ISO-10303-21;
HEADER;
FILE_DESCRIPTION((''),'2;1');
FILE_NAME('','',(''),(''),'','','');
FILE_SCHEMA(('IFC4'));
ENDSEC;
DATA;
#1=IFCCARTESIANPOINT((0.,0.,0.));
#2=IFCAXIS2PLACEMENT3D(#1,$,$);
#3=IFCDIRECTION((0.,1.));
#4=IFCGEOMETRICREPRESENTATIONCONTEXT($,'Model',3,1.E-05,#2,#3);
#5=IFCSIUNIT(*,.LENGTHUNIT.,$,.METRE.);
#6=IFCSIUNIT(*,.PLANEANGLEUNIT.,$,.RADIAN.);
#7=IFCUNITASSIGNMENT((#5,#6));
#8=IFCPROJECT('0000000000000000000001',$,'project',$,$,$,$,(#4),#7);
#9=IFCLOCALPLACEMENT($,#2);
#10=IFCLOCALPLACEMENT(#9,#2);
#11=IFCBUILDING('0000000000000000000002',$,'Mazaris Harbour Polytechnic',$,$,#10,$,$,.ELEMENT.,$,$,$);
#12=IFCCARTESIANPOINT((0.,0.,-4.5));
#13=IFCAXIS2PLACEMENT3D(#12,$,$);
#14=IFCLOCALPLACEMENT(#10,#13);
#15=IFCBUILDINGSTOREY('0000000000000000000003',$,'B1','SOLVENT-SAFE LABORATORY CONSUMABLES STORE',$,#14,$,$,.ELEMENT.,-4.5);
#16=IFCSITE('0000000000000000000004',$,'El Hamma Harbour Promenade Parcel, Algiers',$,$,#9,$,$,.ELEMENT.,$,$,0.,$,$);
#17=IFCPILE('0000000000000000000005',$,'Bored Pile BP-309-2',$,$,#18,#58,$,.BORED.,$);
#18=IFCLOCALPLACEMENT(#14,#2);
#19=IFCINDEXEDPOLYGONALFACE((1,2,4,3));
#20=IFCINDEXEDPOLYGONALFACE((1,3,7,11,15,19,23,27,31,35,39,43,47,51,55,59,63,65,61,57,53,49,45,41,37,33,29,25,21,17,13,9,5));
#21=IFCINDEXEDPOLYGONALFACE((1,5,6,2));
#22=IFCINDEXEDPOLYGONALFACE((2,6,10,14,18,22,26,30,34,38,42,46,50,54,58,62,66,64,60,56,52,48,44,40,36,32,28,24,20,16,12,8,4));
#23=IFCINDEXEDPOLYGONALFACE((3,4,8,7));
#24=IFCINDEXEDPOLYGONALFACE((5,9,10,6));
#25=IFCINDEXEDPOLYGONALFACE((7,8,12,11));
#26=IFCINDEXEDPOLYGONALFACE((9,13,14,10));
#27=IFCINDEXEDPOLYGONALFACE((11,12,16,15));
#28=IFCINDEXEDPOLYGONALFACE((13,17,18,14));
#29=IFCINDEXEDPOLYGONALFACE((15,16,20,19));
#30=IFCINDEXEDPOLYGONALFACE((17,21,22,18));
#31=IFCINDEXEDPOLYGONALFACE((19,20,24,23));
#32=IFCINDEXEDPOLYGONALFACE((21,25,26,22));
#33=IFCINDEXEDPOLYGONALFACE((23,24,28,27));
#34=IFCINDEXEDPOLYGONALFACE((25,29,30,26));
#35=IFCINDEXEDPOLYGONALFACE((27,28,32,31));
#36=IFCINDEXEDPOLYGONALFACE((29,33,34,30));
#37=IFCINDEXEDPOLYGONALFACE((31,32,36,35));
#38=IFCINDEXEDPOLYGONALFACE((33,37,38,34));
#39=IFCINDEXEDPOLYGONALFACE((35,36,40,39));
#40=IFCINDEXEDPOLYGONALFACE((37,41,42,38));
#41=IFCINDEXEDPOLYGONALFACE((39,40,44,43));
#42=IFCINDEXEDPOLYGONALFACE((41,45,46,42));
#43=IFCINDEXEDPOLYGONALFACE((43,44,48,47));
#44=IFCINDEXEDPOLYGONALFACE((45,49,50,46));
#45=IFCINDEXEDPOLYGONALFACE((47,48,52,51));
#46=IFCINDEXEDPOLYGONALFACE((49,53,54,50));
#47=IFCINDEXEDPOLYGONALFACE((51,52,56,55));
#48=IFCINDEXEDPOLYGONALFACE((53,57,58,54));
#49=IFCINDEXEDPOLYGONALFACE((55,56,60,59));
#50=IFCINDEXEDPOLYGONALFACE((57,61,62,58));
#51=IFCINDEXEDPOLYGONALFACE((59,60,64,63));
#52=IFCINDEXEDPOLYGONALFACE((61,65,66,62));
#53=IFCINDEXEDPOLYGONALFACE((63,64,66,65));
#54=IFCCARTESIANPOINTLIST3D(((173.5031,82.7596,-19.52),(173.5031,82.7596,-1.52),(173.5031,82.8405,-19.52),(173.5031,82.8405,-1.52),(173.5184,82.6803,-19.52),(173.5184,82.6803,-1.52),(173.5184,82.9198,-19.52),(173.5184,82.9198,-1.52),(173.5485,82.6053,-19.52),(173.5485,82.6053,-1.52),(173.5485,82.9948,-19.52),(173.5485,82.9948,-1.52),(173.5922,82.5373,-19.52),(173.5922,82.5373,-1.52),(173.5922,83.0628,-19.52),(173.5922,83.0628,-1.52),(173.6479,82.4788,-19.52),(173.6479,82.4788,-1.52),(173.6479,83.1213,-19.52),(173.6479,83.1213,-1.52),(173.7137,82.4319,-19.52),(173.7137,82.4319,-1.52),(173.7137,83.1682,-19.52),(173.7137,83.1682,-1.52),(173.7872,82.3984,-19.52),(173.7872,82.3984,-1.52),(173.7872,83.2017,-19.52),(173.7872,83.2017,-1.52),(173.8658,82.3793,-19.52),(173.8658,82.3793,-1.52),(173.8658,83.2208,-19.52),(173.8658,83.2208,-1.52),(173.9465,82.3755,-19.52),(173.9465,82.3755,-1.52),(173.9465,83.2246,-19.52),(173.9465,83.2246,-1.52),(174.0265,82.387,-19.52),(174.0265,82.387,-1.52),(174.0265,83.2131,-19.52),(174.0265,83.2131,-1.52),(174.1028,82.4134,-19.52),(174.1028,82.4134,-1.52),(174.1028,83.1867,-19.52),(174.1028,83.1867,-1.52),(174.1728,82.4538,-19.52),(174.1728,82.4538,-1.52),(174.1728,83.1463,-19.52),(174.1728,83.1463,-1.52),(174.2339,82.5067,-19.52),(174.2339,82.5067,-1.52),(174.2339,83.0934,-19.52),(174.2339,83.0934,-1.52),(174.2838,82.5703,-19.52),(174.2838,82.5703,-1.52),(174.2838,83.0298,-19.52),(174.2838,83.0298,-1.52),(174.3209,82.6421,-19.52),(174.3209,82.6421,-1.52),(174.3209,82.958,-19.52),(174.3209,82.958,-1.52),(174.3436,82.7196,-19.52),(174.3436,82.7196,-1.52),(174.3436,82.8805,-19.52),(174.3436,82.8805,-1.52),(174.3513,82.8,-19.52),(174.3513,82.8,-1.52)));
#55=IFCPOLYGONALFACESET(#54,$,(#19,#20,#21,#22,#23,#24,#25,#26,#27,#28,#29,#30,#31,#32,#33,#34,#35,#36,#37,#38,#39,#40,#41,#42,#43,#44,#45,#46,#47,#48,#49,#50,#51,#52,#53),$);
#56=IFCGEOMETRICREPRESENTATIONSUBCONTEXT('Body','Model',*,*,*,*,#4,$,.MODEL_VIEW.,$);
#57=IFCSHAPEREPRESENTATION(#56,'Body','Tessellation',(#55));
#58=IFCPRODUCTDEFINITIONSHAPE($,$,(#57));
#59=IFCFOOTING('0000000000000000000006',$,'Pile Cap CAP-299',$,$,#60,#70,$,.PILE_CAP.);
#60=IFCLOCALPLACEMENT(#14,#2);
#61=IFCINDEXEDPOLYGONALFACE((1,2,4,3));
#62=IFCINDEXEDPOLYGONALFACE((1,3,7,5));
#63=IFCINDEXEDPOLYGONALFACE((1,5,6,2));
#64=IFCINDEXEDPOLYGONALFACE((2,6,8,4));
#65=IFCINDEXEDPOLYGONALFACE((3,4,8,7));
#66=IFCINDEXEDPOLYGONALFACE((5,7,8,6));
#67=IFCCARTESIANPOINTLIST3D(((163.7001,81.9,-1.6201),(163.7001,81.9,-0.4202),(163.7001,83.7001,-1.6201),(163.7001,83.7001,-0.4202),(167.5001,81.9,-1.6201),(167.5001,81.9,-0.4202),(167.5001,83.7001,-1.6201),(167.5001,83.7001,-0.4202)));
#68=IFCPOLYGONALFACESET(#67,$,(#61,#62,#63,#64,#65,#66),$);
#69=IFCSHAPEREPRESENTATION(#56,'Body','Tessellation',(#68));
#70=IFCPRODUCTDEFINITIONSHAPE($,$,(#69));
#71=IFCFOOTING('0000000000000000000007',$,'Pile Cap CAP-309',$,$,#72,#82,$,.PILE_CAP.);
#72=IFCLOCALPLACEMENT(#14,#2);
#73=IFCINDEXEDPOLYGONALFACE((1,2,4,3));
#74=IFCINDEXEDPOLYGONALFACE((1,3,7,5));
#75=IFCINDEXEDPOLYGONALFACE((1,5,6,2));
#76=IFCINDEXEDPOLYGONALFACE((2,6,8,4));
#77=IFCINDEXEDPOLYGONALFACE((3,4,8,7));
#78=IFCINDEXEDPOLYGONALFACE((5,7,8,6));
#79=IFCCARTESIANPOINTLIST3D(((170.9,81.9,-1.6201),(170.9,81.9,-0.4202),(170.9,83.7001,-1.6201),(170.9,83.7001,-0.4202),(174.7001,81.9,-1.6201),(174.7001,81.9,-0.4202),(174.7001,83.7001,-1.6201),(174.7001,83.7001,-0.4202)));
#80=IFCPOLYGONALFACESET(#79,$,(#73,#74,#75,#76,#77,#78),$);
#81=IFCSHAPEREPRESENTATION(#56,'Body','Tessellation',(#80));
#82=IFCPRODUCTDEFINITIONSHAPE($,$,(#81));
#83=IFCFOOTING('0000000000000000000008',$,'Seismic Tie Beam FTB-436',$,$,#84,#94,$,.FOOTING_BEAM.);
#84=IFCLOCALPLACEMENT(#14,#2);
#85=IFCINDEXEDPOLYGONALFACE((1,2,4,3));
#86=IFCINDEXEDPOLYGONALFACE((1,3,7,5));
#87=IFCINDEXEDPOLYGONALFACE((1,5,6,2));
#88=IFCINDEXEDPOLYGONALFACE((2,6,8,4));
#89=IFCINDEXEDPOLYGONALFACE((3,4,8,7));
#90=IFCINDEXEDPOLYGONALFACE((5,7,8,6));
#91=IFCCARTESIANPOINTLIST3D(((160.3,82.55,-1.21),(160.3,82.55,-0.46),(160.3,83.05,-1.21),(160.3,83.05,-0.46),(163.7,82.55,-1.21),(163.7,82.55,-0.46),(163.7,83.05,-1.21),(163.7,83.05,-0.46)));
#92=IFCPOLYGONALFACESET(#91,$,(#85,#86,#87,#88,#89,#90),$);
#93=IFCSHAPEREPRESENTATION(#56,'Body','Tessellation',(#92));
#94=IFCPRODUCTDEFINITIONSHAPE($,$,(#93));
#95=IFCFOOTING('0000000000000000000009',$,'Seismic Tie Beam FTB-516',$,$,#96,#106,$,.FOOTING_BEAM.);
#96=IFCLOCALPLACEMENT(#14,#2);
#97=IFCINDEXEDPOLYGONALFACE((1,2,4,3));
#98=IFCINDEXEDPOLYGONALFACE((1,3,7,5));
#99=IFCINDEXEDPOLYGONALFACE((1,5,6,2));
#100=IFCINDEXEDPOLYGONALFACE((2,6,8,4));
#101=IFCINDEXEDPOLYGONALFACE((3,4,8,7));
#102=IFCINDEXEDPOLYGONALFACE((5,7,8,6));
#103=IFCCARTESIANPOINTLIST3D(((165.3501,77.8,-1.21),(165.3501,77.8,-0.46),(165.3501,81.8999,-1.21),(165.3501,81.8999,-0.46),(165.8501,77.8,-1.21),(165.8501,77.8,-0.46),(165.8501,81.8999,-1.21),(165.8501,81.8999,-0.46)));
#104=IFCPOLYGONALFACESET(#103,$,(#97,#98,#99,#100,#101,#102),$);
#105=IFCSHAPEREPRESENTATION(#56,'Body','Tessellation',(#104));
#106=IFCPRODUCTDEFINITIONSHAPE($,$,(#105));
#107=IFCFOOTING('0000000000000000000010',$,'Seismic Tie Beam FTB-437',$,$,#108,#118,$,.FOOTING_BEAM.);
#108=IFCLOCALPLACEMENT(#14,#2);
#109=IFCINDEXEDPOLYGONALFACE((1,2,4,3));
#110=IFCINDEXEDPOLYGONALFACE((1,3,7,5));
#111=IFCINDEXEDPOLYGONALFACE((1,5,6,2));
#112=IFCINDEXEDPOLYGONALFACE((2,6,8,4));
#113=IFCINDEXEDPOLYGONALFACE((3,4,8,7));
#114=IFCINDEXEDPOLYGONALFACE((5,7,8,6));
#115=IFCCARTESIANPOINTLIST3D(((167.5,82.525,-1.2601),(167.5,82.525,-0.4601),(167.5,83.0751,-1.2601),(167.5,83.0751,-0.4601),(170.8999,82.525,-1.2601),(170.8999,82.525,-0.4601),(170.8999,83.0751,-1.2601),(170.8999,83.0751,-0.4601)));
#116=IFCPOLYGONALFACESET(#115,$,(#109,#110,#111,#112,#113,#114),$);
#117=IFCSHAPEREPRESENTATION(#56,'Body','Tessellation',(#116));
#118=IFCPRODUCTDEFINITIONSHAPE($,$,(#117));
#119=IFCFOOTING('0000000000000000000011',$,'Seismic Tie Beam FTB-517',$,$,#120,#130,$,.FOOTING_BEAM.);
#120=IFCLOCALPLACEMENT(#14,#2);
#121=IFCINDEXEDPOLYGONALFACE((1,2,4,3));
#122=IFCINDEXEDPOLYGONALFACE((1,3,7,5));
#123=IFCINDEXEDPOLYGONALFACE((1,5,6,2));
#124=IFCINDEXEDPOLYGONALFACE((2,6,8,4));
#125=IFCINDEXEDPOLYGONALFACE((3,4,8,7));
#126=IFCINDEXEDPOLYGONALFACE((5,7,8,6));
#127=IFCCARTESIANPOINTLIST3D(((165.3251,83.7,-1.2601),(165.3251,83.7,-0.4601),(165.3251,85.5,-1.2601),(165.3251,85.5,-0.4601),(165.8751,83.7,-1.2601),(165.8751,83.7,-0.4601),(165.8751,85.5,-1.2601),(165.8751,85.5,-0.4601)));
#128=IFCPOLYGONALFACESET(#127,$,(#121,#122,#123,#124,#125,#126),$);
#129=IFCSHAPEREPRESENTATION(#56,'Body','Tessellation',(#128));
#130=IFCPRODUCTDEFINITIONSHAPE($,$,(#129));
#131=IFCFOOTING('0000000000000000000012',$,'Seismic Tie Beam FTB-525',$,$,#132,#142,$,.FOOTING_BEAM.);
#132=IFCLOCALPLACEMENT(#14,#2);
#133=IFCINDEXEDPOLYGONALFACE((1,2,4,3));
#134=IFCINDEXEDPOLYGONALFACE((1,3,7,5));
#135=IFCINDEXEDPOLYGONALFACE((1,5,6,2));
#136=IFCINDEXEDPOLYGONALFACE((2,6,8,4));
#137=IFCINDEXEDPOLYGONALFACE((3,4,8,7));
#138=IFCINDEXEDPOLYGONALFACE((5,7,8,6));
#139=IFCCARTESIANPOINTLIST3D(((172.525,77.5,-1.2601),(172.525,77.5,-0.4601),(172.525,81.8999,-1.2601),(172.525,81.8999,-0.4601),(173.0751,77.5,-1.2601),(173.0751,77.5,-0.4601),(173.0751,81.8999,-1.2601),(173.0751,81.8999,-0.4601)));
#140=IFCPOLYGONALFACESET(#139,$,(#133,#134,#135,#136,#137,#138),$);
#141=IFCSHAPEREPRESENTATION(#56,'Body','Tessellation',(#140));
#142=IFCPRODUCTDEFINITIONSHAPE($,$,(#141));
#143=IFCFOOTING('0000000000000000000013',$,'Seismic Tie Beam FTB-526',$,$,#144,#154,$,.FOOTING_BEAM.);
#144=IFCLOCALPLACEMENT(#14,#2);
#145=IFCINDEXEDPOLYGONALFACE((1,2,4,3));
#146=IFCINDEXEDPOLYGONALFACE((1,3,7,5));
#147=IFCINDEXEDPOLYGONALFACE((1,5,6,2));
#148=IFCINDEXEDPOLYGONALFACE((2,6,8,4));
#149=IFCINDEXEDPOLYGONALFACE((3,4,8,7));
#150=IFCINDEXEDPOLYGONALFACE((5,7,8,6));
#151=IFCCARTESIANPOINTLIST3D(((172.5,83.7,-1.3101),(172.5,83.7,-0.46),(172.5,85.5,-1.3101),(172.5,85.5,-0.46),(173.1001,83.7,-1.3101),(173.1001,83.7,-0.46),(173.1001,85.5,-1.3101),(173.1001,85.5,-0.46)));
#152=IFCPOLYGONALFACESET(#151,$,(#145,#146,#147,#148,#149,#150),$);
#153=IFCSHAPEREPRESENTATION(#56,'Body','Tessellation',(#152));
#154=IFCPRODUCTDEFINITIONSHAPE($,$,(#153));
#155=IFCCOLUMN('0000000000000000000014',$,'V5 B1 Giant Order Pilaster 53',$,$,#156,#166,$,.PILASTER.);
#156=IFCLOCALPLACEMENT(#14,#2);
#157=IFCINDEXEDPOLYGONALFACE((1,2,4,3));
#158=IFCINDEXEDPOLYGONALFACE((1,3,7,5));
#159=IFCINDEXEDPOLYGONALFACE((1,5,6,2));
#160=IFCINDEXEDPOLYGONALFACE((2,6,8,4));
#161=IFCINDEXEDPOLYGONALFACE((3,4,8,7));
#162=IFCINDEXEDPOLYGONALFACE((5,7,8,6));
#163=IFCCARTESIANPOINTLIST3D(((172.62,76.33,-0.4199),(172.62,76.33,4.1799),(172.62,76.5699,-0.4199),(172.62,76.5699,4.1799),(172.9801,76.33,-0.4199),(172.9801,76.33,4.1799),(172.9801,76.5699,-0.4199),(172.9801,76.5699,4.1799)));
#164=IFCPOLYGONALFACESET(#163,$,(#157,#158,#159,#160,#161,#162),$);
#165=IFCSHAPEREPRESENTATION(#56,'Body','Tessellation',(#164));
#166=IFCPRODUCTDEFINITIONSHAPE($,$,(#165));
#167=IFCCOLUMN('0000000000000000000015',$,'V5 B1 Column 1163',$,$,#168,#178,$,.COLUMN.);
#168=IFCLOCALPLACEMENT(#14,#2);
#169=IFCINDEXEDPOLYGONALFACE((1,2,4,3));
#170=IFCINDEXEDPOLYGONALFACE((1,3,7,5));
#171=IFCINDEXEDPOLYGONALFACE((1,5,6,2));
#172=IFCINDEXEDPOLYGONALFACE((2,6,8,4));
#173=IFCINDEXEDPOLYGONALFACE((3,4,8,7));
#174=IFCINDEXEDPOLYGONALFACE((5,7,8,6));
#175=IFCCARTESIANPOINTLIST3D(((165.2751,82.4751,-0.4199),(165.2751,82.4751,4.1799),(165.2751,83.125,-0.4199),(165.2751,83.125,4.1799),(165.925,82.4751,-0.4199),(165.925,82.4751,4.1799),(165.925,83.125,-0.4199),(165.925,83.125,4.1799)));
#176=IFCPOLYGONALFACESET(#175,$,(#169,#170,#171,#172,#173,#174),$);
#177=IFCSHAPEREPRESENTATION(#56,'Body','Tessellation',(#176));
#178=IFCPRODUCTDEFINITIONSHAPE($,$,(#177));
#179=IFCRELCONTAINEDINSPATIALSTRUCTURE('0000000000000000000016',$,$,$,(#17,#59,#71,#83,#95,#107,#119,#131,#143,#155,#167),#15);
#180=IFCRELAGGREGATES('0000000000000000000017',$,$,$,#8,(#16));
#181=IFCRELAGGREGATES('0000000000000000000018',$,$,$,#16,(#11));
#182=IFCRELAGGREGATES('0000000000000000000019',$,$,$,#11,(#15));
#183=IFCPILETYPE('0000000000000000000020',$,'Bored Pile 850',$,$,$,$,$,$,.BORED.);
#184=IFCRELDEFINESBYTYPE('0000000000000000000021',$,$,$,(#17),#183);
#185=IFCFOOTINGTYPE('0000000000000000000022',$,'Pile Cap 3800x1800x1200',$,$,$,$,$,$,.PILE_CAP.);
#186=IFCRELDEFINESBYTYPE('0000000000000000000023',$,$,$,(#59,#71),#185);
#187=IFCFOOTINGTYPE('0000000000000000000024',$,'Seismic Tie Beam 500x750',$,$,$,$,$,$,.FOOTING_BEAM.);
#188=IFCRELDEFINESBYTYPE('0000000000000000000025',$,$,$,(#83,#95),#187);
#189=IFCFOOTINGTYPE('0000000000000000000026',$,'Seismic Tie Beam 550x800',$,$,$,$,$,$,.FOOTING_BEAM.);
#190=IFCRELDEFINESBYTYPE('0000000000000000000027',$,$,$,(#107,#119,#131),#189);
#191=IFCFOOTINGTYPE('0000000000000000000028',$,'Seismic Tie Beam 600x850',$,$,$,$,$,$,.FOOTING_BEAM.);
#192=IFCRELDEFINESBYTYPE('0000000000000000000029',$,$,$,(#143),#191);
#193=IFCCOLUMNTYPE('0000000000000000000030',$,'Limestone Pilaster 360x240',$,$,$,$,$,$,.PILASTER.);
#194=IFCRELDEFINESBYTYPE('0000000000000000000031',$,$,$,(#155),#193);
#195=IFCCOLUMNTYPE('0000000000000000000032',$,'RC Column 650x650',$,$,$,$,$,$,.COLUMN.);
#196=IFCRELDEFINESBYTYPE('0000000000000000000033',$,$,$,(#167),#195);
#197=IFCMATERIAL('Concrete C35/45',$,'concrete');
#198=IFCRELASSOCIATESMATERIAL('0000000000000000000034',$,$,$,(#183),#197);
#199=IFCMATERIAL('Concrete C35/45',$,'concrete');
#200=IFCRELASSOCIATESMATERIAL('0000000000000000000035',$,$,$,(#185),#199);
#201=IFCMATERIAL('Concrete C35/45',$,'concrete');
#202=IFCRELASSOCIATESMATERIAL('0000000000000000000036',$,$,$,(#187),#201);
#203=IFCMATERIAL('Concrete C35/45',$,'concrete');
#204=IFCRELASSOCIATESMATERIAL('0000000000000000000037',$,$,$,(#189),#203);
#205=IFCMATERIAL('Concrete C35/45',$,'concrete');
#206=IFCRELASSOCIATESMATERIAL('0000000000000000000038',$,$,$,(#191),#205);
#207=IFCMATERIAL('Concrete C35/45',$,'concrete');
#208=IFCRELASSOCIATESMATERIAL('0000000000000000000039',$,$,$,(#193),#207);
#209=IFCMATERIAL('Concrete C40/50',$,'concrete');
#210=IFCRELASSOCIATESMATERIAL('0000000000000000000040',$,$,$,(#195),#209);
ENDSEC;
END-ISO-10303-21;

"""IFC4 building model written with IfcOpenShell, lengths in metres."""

from ifc_helpers import new_model, si_unit, direction, frame, origin, origin_2d, place, context, subcontext, project, spatial, rectangle, circle, extrude, material, material_profile, profile_set, type_object, element, save


model = new_model("IFC4")

# Units and contexts
model_context = context("Model", 3, precision=1e-05, world=origin(), true_north=direction((0.0, 1.0)))
body_context = subcontext(model_context, "Body", "Model", "MODEL_VIEW")
ifc_project = project(units=[si_unit("LENGTHUNIT", "METRE"), si_unit("PLANEANGLEUNIT", "RADIAN")], contexts=[model_context])

# Site, building, storey
site_placement = place(None, origin())
site = spatial("IfcSite", under=ifc_project, at=site_placement, Name="El Hamma Harbour Promenade Parcel, Algiers", CompositionType="ELEMENT", RefElevation=0.0)
building_placement = place(site_placement, origin())
building = spatial("IfcBuilding", under=site, at=building_placement, Name="Mazaris Harbour Polytechnic", CompositionType="ELEMENT")
storey_placement = place(building_placement, frame((0.0, 0.0, -4.5)))
storey = spatial("IfcBuildingStorey", under=building, at=storey_placement, Name="B1", Description="SOLVENT-SAFE LABORATORY CONSUMABLES STORE", CompositionType="ELEMENT", Elevation=-4.5)

# Pile
ifc_material_1 = material(Name="Concrete C35/45", Category="concrete")
ifc_material_profile_1 = material_profile(ifc_material_1, circle(Radius=0.425, at=origin_2d()), Name="DIA850")
ifc_profile_set_1 = profile_set([ifc_material_profile_1], Name="Concrete C35/45")
pile_type_1 = type_object("IfcPileType", Name="Bored Pile 850", PredefinedType="BORED", material=ifc_profile_set_1)
for number, where, z_axis, x_axis, name in (
    (1, (173.9263, 82.8, -1.52), (0.0, 0.0, -1.0), (1.0, 0.0, 0.0), "Bored Pile BP-309-2"),
):
    element("IfcPile", number, at=place(storey_placement, frame(where, z_axis=z_axis, x_axis=x_axis)), inside=storey, type_object=pile_type_1, Name=name, PredefinedType="BORED", context=body_context, shape_type="SweptSolid", body=[
        extrude(circle(Radius=0.425, at=origin_2d()), origin(), (0.0, 0.0, 1.0), 18.0),
    ])

# Footings
ifc_material_2 = material(Name="Concrete C35/45", Category="concrete")
footing_type_1 = type_object("IfcFootingType", Name="Pile Cap 3800x1800x1200", PredefinedType="PILE_CAP", material=ifc_material_2)
for number, where, z_axis, x_axis, name in (
    (2, (165.6001, 82.8, -1.6201), (0.0, 0.0, 1.0), (1.0, 0.0, 0.0), "Pile Cap CAP-299"),
    (3, (172.8, 82.8, -1.6201), (0.0, 0.0, 1.0), (1.0, 0.0, 0.0), "Pile Cap CAP-309"),
):
    element("IfcFooting", number, at=place(storey_placement, frame(where, z_axis=z_axis, x_axis=x_axis)), inside=storey, type_object=footing_type_1, Name=name, PredefinedType="PILE_CAP", context=body_context, shape_type="SweptSolid", body=[
        extrude(rectangle(XDim=3.8, YDim=1.8, at=origin_2d()), origin(), (0.0, 0.0, 1.0), 1.2),
    ])
ifc_material_3 = material(Name="Concrete C35/45", Category="concrete")
ifc_material_profile_2 = material_profile(ifc_material_3, rectangle(XDim=0.5, YDim=0.75, at=origin_2d()), Name="RECT500x750")
ifc_profile_set_2 = profile_set([ifc_material_profile_2], Name="Concrete C35/45")
footing_type_2 = type_object("IfcFootingType", Name="Seismic Tie Beam 500x750", PredefinedType="FOOTING_BEAM", material=ifc_profile_set_2)
footing_1_placement = place(storey_placement, frame((160.3, 82.8, -0.835), z_axis=(1.0, 0.0, 0.0), x_axis=(0.0, 1.0, 0.0)))
element("IfcFooting", 4, at=footing_1_placement, inside=storey, type_object=footing_type_2, Name="Seismic Tie Beam FTB-436", PredefinedType="FOOTING_BEAM", context=body_context, shape_type="SweptSolid", body=[
    extrude(rectangle(XDim=0.5, YDim=0.75, at=origin_2d()), origin(), (0.0, 0.0, 1.0), 3.3999),
])
footing_2_placement = place(storey_placement, frame((165.6001, 77.8, -0.835), z_axis=(0.0, 1.0, 0.0), x_axis=(-1.0, 0.0, 0.0)))
element("IfcFooting", 5, at=footing_2_placement, inside=storey, type_object=footing_type_2, Name="Seismic Tie Beam FTB-516", PredefinedType="FOOTING_BEAM", context=body_context, shape_type="SweptSolid", body=[
    extrude(rectangle(XDim=0.5, YDim=0.75, at=origin_2d()), origin(), (0.0, 0.0, 1.0), 4.0999),
])
ifc_material_4 = material(Name="Concrete C35/45", Category="concrete")
ifc_material_profile_3 = material_profile(ifc_material_4, rectangle(XDim=0.55, YDim=0.8, at=origin_2d()), Name="RECT550x800")
ifc_profile_set_3 = profile_set([ifc_material_profile_3], Name="Concrete C35/45")
footing_type_3 = type_object("IfcFootingType", Name="Seismic Tie Beam 550x800", PredefinedType="FOOTING_BEAM", material=ifc_profile_set_3)
footing_3_placement = place(storey_placement, frame((167.5, 82.8, -0.8601), z_axis=(1.0, 0.0, 0.0), x_axis=(0.0, 1.0, 0.0)))
element("IfcFooting", 6, at=footing_3_placement, inside=storey, type_object=footing_type_3, Name="Seismic Tie Beam FTB-437", PredefinedType="FOOTING_BEAM", context=body_context, shape_type="SweptSolid", body=[
    extrude(rectangle(XDim=0.55, YDim=0.8, at=origin_2d()), origin(), (0.0, 0.0, 1.0), 3.3999),
])
footing_4_placement = place(storey_placement, frame((165.6001, 83.7, -0.8601), z_axis=(0.0, 1.0, 0.0), x_axis=(-1.0, 0.0, 0.0)))
element("IfcFooting", 7, at=footing_4_placement, inside=storey, type_object=footing_type_3, Name="Seismic Tie Beam FTB-517", PredefinedType="FOOTING_BEAM", context=body_context, shape_type="SweptSolid", body=[
    extrude(rectangle(XDim=0.55, YDim=0.8, at=origin_2d()), origin(), (0.0, 0.0, 1.0), 1.8),
])
footing_5_placement = place(storey_placement, frame((172.8, 77.5, -0.8601), z_axis=(0.0, 1.0, 0.0), x_axis=(-1.0, 0.0, 0.0)))
element("IfcFooting", 8, at=footing_5_placement, inside=storey, type_object=footing_type_3, Name="Seismic Tie Beam FTB-525", PredefinedType="FOOTING_BEAM", context=body_context, shape_type="SweptSolid", body=[
    extrude(rectangle(XDim=0.55, YDim=0.8, at=origin_2d()), origin(), (0.0, 0.0, 1.0), 4.3999),
])
ifc_material_5 = material(Name="Concrete C35/45", Category="concrete")
ifc_material_profile_4 = material_profile(ifc_material_5, rectangle(XDim=0.6001, YDim=0.8501, at=origin_2d()), Name="RECT600x850")
ifc_profile_set_4 = profile_set([ifc_material_profile_4], Name="Concrete C35/45")
footing_type_4 = type_object("IfcFootingType", Name="Seismic Tie Beam 600x850", PredefinedType="FOOTING_BEAM", material=ifc_profile_set_4)
footing_6_placement = place(storey_placement, frame((172.8, 83.7, -0.885), z_axis=(0.0, 1.0, 0.0), x_axis=(-1.0, 0.0, 0.0)))
element("IfcFooting", 9, at=footing_6_placement, inside=storey, type_object=footing_type_4, Name="Seismic Tie Beam FTB-526", PredefinedType="FOOTING_BEAM", context=body_context, shape_type="SweptSolid", body=[
    extrude(rectangle(XDim=0.6001, YDim=0.8501, at=origin_2d()), origin(), (0.0, 0.0, 1.0), 1.8),
])

# Columns
ifc_material_6 = material(Name="Concrete C35/45", Category="concrete")
ifc_material_profile_5 = material_profile(ifc_material_6, rectangle(XDim=0.3601, YDim=0.24, at=origin_2d()), Name="RECT360x240")
ifc_profile_set_5 = profile_set([ifc_material_profile_5], Name="Concrete C35/45")
column_type_1 = type_object("IfcColumnType", Name="Limestone Pilaster 360x240", PredefinedType="PILASTER", material=ifc_profile_set_5)
column_placement = place(storey_placement, frame((172.8, 76.45, -0.4199), z_axis=(0.0, 0.0, 1.0), x_axis=(1.0, 0.0, 0.0)))
element("IfcColumn", 10, at=column_placement, inside=storey, type_object=column_type_1, Name="V5 B1 Giant Order Pilaster 53", PredefinedType="PILASTER", context=body_context, shape_type="SweptSolid", body=[
    extrude(rectangle(XDim=0.3601, YDim=0.24, at=origin_2d()), origin(), (0.0, 0.0, 1.0), 4.5999),
])
ifc_material_7 = material(Name="Concrete C40/50", Category="concrete")
ifc_material_profile_6 = material_profile(ifc_material_7, rectangle(XDim=0.6499, YDim=0.6499, at=origin_2d()), Name="RECT650x650")
ifc_profile_set_6 = profile_set([ifc_material_profile_6], Name="Concrete C40/50")
column_type_2 = type_object("IfcColumnType", Name="RC Column 650x650", PredefinedType="COLUMN", material=ifc_profile_set_6)
for number, where, z_axis, x_axis, name in (
    (11, (165.6001, 82.8, -0.4199), (0.0, 0.0, 1.0), (1.0, 0.0, 0.0), "V5 B1 Column 1163"),
):
    element("IfcColumn", number, at=place(storey_placement, frame(where, z_axis=z_axis, x_axis=x_axis)), inside=storey, type_object=column_type_2, Name=name, PredefinedType="COLUMN", context=body_context, shape_type="SweptSolid", body=[
        extrude(rectangle(XDim=0.6499, YDim=0.6499, at=origin_2d()), origin(), (0.0, 0.0, 1.0), 4.5999),
    ])

save(model, "model.ifc")
